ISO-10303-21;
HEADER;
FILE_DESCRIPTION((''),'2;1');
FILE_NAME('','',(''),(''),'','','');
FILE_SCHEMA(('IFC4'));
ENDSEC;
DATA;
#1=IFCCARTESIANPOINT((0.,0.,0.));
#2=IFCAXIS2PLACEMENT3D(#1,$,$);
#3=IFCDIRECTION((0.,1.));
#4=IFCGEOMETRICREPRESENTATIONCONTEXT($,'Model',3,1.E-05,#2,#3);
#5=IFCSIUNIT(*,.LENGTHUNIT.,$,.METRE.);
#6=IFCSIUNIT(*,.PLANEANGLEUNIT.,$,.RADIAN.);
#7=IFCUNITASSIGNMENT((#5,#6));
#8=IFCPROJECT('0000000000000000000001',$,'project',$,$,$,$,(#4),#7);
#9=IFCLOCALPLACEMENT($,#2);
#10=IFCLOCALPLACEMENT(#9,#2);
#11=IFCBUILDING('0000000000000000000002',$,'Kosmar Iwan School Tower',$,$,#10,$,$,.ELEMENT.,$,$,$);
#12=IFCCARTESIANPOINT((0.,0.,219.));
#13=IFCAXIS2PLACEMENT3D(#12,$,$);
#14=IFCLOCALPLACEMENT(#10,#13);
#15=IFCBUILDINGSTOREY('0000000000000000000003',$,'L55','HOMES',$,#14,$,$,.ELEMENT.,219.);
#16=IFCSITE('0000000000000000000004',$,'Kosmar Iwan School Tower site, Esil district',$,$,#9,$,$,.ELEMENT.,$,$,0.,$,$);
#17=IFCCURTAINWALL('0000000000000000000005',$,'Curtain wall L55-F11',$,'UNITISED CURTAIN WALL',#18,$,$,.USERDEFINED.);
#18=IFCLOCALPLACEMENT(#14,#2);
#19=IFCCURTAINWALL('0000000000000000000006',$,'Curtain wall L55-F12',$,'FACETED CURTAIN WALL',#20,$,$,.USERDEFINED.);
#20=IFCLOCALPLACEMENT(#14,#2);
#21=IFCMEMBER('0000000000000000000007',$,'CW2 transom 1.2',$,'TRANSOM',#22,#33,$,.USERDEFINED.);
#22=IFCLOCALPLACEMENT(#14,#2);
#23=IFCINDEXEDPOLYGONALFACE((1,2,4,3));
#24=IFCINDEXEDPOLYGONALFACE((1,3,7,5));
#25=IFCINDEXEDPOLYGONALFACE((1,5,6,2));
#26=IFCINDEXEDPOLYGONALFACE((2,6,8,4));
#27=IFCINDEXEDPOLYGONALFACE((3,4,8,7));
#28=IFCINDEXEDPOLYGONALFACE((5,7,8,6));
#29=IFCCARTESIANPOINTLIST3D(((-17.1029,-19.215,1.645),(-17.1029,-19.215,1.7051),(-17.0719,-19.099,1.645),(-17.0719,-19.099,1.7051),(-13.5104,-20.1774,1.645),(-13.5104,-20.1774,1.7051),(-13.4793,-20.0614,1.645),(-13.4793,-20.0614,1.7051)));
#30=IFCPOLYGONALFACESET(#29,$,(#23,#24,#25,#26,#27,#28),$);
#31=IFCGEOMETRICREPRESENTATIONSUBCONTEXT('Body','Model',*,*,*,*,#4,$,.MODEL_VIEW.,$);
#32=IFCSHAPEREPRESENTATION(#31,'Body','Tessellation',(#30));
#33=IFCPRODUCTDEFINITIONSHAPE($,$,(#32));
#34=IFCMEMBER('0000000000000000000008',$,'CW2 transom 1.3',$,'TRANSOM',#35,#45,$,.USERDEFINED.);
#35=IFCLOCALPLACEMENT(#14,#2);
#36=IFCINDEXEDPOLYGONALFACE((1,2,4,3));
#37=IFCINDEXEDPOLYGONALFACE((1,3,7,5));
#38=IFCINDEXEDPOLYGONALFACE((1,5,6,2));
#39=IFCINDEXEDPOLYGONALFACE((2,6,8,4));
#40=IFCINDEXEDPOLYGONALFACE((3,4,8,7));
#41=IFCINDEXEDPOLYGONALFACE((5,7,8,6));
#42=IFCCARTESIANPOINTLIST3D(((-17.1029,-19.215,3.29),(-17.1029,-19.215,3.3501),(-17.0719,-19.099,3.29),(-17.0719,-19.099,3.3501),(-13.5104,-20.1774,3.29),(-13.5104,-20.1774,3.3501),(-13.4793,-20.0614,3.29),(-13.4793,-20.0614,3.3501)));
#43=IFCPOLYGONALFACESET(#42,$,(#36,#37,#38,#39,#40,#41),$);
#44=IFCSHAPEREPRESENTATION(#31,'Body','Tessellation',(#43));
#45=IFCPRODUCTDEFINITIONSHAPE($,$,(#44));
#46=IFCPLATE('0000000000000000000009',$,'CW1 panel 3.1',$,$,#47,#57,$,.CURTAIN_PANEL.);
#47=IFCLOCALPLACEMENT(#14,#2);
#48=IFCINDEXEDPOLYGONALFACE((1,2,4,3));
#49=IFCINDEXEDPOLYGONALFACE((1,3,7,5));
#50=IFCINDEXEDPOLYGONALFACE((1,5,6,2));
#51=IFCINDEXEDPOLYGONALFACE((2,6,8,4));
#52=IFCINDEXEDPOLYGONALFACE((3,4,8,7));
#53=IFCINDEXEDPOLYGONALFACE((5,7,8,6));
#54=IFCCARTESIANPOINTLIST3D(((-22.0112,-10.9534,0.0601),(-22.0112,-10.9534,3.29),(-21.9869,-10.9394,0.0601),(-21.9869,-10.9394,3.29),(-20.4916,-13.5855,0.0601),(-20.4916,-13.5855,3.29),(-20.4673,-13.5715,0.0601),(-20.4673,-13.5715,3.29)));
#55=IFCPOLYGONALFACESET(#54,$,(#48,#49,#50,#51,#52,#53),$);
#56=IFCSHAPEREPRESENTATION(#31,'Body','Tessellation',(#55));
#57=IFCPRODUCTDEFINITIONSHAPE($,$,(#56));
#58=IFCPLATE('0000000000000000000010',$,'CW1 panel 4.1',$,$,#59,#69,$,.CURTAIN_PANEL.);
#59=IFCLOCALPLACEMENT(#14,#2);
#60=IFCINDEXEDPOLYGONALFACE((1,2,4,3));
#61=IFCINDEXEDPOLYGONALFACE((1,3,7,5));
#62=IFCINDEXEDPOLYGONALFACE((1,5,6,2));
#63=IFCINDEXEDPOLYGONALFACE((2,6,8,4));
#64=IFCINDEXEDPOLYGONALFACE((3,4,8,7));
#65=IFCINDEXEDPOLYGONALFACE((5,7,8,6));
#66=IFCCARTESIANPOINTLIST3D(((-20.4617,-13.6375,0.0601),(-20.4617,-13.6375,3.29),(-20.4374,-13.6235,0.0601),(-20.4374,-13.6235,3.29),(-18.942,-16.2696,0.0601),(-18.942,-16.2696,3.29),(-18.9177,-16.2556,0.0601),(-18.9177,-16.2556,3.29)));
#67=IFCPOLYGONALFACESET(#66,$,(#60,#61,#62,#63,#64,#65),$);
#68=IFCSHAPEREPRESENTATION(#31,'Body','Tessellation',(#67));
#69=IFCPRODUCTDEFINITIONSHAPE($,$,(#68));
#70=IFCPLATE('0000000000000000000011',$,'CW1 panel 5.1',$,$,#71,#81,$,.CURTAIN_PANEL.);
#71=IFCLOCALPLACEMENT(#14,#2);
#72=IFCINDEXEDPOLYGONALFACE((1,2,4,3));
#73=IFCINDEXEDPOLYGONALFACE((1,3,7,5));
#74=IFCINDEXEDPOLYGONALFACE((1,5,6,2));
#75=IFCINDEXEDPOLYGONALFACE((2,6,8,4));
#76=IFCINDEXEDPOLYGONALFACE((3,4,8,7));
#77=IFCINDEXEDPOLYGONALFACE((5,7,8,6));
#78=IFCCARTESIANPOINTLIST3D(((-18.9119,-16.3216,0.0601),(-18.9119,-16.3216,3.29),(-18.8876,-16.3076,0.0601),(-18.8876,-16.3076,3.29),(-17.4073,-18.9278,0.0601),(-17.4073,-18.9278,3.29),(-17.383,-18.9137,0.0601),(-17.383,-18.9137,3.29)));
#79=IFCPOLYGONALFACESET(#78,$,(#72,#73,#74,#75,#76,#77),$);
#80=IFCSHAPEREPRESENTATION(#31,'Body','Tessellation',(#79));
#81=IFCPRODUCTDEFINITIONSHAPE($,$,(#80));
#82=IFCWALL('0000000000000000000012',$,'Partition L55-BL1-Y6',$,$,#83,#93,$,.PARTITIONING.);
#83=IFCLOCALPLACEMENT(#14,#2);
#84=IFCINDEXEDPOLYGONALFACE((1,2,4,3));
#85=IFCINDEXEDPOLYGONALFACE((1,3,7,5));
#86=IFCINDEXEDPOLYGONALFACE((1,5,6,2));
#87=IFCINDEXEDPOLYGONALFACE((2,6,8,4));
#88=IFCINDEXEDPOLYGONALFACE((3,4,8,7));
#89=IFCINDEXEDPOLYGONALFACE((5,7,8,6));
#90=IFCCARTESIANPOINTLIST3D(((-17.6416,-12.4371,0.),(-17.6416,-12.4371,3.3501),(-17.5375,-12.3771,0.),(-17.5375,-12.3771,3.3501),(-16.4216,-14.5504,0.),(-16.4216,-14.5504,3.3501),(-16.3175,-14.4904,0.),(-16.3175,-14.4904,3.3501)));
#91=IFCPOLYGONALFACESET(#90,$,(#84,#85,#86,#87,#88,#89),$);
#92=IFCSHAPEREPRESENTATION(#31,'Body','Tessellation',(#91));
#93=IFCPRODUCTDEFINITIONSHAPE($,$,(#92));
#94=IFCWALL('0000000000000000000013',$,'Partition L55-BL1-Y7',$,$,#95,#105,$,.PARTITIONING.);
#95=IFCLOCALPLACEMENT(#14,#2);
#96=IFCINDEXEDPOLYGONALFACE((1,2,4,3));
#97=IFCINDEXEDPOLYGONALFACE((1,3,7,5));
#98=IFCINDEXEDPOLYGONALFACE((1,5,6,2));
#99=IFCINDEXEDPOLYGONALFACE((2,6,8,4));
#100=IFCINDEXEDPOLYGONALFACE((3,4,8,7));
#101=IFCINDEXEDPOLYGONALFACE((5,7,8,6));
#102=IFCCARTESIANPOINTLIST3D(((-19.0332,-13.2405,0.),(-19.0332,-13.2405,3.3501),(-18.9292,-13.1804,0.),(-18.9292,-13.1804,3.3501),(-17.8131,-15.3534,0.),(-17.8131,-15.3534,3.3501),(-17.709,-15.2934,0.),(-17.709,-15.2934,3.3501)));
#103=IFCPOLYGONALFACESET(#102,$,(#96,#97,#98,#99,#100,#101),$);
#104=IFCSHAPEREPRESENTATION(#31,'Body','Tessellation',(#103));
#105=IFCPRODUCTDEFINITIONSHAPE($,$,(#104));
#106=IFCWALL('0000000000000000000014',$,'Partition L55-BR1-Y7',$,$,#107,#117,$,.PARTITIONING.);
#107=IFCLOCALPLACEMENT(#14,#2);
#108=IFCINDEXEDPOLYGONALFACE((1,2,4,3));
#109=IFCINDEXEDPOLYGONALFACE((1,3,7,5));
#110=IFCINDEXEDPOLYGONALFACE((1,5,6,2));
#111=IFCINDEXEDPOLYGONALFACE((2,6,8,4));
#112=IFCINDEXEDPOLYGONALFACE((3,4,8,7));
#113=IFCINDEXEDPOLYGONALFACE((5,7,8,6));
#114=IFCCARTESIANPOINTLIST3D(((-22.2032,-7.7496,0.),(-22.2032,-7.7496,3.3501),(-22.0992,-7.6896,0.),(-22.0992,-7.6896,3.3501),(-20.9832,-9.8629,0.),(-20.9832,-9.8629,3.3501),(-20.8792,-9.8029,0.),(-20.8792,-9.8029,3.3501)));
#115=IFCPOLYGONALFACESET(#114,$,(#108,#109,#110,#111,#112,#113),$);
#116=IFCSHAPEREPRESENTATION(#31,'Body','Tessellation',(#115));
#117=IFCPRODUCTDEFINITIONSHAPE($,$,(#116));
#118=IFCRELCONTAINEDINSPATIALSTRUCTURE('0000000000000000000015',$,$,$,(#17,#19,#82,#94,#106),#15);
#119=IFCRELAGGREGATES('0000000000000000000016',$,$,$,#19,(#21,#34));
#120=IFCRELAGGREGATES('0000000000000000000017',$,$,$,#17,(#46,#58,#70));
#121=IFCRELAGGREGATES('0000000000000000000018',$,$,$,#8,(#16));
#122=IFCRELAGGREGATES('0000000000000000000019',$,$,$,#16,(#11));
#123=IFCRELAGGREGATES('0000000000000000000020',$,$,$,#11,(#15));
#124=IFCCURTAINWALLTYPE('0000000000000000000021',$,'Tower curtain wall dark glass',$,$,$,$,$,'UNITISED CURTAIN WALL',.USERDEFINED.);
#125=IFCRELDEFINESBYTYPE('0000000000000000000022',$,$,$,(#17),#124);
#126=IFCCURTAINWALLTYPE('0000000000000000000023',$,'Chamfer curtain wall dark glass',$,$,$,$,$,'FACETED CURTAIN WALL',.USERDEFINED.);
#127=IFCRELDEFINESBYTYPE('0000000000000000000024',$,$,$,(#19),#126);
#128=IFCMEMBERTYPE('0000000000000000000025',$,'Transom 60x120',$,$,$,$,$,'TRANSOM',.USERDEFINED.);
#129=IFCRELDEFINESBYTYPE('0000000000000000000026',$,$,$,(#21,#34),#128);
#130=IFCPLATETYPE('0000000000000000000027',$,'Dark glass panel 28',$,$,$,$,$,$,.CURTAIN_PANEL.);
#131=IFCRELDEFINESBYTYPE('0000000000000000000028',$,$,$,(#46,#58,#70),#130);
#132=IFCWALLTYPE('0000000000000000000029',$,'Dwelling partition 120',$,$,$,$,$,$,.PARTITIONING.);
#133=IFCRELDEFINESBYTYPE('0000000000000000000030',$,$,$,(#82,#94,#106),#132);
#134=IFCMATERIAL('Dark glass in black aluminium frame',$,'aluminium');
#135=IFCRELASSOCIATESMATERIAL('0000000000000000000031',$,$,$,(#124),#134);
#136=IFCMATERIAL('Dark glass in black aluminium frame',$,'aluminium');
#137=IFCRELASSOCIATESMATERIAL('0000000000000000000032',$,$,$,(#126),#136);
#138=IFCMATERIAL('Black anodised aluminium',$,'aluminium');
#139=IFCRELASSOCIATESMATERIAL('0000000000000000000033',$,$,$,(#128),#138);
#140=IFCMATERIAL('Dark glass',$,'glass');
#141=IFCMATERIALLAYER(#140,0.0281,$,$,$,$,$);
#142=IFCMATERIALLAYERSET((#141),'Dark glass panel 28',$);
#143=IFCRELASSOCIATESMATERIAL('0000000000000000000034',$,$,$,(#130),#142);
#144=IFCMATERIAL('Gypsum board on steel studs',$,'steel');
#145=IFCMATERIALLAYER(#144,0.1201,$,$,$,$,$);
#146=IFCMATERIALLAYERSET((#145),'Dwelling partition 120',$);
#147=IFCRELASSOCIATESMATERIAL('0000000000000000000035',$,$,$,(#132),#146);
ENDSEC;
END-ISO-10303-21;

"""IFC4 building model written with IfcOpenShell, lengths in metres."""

from ifc_helpers import new_model, si_unit, direction, frame, frame_2d, origin, origin_2d, place, context, subcontext, project, spatial, rectangle, extrude, material, layer, layer_set, material_profile, profile_set, type_object, element, aggregate, save


model = new_model("IFC4")

# Units and contexts
model_context = context("Model", 3, precision=1e-05, world=origin(), true_north=direction((0.0, 1.0)))
body_context = subcontext(model_context, "Body", "Model", "MODEL_VIEW")
ifc_project = project(units=[si_unit("LENGTHUNIT", "METRE"), si_unit("PLANEANGLEUNIT", "RADIAN")], contexts=[model_context])

# Site, building, storey
site_placement = place(None, origin())
site = spatial("IfcSite", under=ifc_project, at=site_placement, Name="Kosmar Iwan School Tower site, Esil district", CompositionType="ELEMENT", RefElevation=0.0)
building_placement = place(site_placement, origin())
building = spatial("IfcBuilding", under=site, at=building_placement, Name="Kosmar Iwan School Tower", CompositionType="ELEMENT")
storey_placement = place(building_placement, frame((0.0, 0.0, 219.0)))
storey = spatial("IfcBuildingStorey", under=building, at=storey_placement, Name="L55", Description="HOMES", CompositionType="ELEMENT", Elevation=219.0)

# Curtain wall
ifc_material_1 = material(Name="Dark glass in black aluminium frame", Category="aluminium")
curtain_wall_type_1 = type_object("IfcCurtainWallType", Name="Tower curtain wall dark glass", ElementType="UNITISED CURTAIN WALL", PredefinedType="USERDEFINED", material=ifc_material_1)
curtain_wall_1_placement = place(storey_placement, origin())
curtain_wall_1 = element("IfcCurtainWall", 1, at=curtain_wall_1_placement, inside=storey, type_object=curtain_wall_type_1, Name="Curtain wall L55-F11", ObjectType="UNITISED CURTAIN WALL", PredefinedType="USERDEFINED")

# Curtain wall
ifc_material_2 = material(Name="Dark glass in black aluminium frame", Category="aluminium")
curtain_wall_type_2 = type_object("IfcCurtainWallType", Name="Chamfer curtain wall dark glass", ElementType="FACETED CURTAIN WALL", PredefinedType="USERDEFINED", material=ifc_material_2)
curtain_wall_2_placement = place(storey_placement, origin())
curtain_wall_2 = element("IfcCurtainWall", 2, at=curtain_wall_2_placement, inside=storey, type_object=curtain_wall_type_2, Name="Curtain wall L55-F12", ObjectType="FACETED CURTAIN WALL", PredefinedType="USERDEFINED")

# Members
ifc_material_3 = material(Name="Black anodised aluminium", Category="aluminium")
ifc_material_profile_1 = material_profile(ifc_material_3, rectangle(XDim=0.1201, YDim=0.0601, at=origin_2d()), Name="TRANSOM 60x120")
ifc_profile_set_1 = profile_set([ifc_material_profile_1], Name="Black anodised aluminium")
member_type_1 = type_object("IfcMemberType", Name="Transom 60x120", ElementType="TRANSOM", PredefinedType="USERDEFINED", material=ifc_profile_set_1)
member_1_placement = place(storey_placement, frame((-17.0874, -19.157, 1.675), z_axis=(0.96594, -0.258766, 0.0), x_axis=(0.258766, 0.96594, 0.0)))
member_1 = element("IfcMember", 3, at=member_1_placement, type_object=member_type_1, Name="CW2 transom 1.2", ObjectType="TRANSOM", PredefinedType="USERDEFINED", context=body_context, shape_type="SweptSolid", body=[
    extrude(rectangle(XDim=0.1201, YDim=0.0601, at=origin_2d()), origin(), (0.0, 0.0, 1.0), 3.7192),
])
member_2_placement = place(storey_placement, frame((-17.0874, -19.157, 3.3201), z_axis=(0.96594, -0.258766, 0.0), x_axis=(0.258766, 0.96594, 0.0)))
member_2 = element("IfcMember", 4, at=member_2_placement, type_object=member_type_1, Name="CW2 transom 1.3", ObjectType="TRANSOM", PredefinedType="USERDEFINED", context=body_context, shape_type="SweptSolid", body=[
    extrude(rectangle(XDim=0.1201, YDim=0.0601, at=origin_2d()), origin(), (0.0, 0.0, 1.0), 3.7192),
])
aggregate(curtain_wall_2, [member_1, member_2])

# Plates
ifc_material_4 = material(Name="Dark glass", Category="glass")
ifc_layer_1 = layer(ifc_material_4, 0.0281)
ifc_layer_set_1 = layer_set([ifc_layer_1], Name="Dark glass panel 28")
plate_type = type_object("IfcPlateType", Name="Dark glass panel 28", PredefinedType="CURTAIN_PANEL", material=ifc_layer_set_1)
plate_1_placement = place(storey_placement, frame((-21.2393, -12.2625, 0.0601), z_axis=(0.0, 0.0, 1.0), x_axis=(0.5, -0.866025, 0.0)))
plate_1 = element("IfcPlate", 5, at=plate_1_placement, type_object=plate_type, Name="CW1 panel 3.1", PredefinedType="CURTAIN_PANEL", context=body_context, shape_type="SweptSolid", body=[
    extrude(rectangle(XDim=3.0393, YDim=0.0281, at=origin_2d()), origin(), (0.0, 0.0, 1.0), 3.23),
])
plate_2_placement = place(storey_placement, frame((-19.6897, -14.9465, 0.0601), z_axis=(0.0, 0.0, 1.0), x_axis=(0.5, -0.866025, 0.0)))
plate_2 = element("IfcPlate", 6, at=plate_2_placement, type_object=plate_type, Name="CW1 panel 4.1", PredefinedType="CURTAIN_PANEL", context=body_context, shape_type="SweptSolid", body=[
    extrude(rectangle(XDim=3.0393, YDim=0.0281, at=origin_2d()), origin(), (0.0, 0.0, 1.0), 3.23),
])
plate_3_placement = place(storey_placement, frame((-18.1475, -17.6177, 0.0601), z_axis=(0.0, 0.0, 1.0), x_axis=(0.5, -0.866025, 0.0)))
plate_3 = element("IfcPlate", 7, at=plate_3_placement, type_object=plate_type, Name="CW1 panel 5.1", PredefinedType="CURTAIN_PANEL", context=body_context, shape_type="SweptSolid", body=[
    extrude(rectangle(XDim=3.0093, YDim=0.0281, at=origin_2d()), origin(), (0.0, 0.0, 1.0), 3.23),
])
aggregate(curtain_wall_1, [plate_1, plate_2, plate_3])

# Walls
ifc_material_5 = material(Name="Gypsum board on steel studs", Category="steel")
ifc_layer_2 = layer(ifc_material_5, 0.1201)
ifc_layer_set_2 = layer_set([ifc_layer_2], Name="Dwelling partition 120")
wall_type = type_object("IfcWallType", Name="Dwelling partition 120", PredefinedType="PARTITIONING", material=ifc_layer_set_2)
wall_1_placement = place(storey_placement, frame((-17.5896, -12.407, 0.0), z_axis=(0.0, 0.0, 1.0), x_axis=(0.499959, -0.866049, 0.0)))
element("IfcWall", 8, at=wall_1_placement, inside=storey, type_object=wall_type, Name="Partition L55-BL1-Y6", PredefinedType="PARTITIONING", context=body_context, shape_type="SweptSolid", body=[
    extrude(rectangle(XDim=2.4402, YDim=0.1201, at=frame_2d((1.2202, 0.0))), origin(), (0.0, 0.0, 1.0), 3.3501),
])
wall_2_placement = place(storey_placement, frame((-18.9812, -13.2104, 0.0), z_axis=(0.0, 0.0, 1.0), x_axis=(0.500078, -0.865981, 0.0)))
element("IfcWall", 9, at=wall_2_placement, inside=storey, type_object=wall_type, Name="Partition L55-BL1-Y7", PredefinedType="PARTITIONING", context=body_context, shape_type="SweptSolid", body=[
    extrude(rectangle(XDim=2.4399, YDim=0.1201, at=frame_2d((1.22, 0.0))), origin(), (0.0, 0.0, 1.0), 3.3501),
])
wall_3_placement = place(storey_placement, frame((-20.9312, -9.833, 0.0), z_axis=(0.0, 0.0, 1.0), x_axis=(-0.499959, 0.866049, 0.0)))
element("IfcWall", 10, at=wall_3_placement, inside=storey, type_object=wall_type, Name="Partition L55-BR1-Y7", PredefinedType="PARTITIONING", context=body_context, shape_type="SweptSolid", body=[
    extrude(rectangle(XDim=2.4402, YDim=0.1201, at=frame_2d((1.2202, 0.0))), origin(), (0.0, 0.0, 1.0), 3.3501),
])

save(model, "model.ifc")
